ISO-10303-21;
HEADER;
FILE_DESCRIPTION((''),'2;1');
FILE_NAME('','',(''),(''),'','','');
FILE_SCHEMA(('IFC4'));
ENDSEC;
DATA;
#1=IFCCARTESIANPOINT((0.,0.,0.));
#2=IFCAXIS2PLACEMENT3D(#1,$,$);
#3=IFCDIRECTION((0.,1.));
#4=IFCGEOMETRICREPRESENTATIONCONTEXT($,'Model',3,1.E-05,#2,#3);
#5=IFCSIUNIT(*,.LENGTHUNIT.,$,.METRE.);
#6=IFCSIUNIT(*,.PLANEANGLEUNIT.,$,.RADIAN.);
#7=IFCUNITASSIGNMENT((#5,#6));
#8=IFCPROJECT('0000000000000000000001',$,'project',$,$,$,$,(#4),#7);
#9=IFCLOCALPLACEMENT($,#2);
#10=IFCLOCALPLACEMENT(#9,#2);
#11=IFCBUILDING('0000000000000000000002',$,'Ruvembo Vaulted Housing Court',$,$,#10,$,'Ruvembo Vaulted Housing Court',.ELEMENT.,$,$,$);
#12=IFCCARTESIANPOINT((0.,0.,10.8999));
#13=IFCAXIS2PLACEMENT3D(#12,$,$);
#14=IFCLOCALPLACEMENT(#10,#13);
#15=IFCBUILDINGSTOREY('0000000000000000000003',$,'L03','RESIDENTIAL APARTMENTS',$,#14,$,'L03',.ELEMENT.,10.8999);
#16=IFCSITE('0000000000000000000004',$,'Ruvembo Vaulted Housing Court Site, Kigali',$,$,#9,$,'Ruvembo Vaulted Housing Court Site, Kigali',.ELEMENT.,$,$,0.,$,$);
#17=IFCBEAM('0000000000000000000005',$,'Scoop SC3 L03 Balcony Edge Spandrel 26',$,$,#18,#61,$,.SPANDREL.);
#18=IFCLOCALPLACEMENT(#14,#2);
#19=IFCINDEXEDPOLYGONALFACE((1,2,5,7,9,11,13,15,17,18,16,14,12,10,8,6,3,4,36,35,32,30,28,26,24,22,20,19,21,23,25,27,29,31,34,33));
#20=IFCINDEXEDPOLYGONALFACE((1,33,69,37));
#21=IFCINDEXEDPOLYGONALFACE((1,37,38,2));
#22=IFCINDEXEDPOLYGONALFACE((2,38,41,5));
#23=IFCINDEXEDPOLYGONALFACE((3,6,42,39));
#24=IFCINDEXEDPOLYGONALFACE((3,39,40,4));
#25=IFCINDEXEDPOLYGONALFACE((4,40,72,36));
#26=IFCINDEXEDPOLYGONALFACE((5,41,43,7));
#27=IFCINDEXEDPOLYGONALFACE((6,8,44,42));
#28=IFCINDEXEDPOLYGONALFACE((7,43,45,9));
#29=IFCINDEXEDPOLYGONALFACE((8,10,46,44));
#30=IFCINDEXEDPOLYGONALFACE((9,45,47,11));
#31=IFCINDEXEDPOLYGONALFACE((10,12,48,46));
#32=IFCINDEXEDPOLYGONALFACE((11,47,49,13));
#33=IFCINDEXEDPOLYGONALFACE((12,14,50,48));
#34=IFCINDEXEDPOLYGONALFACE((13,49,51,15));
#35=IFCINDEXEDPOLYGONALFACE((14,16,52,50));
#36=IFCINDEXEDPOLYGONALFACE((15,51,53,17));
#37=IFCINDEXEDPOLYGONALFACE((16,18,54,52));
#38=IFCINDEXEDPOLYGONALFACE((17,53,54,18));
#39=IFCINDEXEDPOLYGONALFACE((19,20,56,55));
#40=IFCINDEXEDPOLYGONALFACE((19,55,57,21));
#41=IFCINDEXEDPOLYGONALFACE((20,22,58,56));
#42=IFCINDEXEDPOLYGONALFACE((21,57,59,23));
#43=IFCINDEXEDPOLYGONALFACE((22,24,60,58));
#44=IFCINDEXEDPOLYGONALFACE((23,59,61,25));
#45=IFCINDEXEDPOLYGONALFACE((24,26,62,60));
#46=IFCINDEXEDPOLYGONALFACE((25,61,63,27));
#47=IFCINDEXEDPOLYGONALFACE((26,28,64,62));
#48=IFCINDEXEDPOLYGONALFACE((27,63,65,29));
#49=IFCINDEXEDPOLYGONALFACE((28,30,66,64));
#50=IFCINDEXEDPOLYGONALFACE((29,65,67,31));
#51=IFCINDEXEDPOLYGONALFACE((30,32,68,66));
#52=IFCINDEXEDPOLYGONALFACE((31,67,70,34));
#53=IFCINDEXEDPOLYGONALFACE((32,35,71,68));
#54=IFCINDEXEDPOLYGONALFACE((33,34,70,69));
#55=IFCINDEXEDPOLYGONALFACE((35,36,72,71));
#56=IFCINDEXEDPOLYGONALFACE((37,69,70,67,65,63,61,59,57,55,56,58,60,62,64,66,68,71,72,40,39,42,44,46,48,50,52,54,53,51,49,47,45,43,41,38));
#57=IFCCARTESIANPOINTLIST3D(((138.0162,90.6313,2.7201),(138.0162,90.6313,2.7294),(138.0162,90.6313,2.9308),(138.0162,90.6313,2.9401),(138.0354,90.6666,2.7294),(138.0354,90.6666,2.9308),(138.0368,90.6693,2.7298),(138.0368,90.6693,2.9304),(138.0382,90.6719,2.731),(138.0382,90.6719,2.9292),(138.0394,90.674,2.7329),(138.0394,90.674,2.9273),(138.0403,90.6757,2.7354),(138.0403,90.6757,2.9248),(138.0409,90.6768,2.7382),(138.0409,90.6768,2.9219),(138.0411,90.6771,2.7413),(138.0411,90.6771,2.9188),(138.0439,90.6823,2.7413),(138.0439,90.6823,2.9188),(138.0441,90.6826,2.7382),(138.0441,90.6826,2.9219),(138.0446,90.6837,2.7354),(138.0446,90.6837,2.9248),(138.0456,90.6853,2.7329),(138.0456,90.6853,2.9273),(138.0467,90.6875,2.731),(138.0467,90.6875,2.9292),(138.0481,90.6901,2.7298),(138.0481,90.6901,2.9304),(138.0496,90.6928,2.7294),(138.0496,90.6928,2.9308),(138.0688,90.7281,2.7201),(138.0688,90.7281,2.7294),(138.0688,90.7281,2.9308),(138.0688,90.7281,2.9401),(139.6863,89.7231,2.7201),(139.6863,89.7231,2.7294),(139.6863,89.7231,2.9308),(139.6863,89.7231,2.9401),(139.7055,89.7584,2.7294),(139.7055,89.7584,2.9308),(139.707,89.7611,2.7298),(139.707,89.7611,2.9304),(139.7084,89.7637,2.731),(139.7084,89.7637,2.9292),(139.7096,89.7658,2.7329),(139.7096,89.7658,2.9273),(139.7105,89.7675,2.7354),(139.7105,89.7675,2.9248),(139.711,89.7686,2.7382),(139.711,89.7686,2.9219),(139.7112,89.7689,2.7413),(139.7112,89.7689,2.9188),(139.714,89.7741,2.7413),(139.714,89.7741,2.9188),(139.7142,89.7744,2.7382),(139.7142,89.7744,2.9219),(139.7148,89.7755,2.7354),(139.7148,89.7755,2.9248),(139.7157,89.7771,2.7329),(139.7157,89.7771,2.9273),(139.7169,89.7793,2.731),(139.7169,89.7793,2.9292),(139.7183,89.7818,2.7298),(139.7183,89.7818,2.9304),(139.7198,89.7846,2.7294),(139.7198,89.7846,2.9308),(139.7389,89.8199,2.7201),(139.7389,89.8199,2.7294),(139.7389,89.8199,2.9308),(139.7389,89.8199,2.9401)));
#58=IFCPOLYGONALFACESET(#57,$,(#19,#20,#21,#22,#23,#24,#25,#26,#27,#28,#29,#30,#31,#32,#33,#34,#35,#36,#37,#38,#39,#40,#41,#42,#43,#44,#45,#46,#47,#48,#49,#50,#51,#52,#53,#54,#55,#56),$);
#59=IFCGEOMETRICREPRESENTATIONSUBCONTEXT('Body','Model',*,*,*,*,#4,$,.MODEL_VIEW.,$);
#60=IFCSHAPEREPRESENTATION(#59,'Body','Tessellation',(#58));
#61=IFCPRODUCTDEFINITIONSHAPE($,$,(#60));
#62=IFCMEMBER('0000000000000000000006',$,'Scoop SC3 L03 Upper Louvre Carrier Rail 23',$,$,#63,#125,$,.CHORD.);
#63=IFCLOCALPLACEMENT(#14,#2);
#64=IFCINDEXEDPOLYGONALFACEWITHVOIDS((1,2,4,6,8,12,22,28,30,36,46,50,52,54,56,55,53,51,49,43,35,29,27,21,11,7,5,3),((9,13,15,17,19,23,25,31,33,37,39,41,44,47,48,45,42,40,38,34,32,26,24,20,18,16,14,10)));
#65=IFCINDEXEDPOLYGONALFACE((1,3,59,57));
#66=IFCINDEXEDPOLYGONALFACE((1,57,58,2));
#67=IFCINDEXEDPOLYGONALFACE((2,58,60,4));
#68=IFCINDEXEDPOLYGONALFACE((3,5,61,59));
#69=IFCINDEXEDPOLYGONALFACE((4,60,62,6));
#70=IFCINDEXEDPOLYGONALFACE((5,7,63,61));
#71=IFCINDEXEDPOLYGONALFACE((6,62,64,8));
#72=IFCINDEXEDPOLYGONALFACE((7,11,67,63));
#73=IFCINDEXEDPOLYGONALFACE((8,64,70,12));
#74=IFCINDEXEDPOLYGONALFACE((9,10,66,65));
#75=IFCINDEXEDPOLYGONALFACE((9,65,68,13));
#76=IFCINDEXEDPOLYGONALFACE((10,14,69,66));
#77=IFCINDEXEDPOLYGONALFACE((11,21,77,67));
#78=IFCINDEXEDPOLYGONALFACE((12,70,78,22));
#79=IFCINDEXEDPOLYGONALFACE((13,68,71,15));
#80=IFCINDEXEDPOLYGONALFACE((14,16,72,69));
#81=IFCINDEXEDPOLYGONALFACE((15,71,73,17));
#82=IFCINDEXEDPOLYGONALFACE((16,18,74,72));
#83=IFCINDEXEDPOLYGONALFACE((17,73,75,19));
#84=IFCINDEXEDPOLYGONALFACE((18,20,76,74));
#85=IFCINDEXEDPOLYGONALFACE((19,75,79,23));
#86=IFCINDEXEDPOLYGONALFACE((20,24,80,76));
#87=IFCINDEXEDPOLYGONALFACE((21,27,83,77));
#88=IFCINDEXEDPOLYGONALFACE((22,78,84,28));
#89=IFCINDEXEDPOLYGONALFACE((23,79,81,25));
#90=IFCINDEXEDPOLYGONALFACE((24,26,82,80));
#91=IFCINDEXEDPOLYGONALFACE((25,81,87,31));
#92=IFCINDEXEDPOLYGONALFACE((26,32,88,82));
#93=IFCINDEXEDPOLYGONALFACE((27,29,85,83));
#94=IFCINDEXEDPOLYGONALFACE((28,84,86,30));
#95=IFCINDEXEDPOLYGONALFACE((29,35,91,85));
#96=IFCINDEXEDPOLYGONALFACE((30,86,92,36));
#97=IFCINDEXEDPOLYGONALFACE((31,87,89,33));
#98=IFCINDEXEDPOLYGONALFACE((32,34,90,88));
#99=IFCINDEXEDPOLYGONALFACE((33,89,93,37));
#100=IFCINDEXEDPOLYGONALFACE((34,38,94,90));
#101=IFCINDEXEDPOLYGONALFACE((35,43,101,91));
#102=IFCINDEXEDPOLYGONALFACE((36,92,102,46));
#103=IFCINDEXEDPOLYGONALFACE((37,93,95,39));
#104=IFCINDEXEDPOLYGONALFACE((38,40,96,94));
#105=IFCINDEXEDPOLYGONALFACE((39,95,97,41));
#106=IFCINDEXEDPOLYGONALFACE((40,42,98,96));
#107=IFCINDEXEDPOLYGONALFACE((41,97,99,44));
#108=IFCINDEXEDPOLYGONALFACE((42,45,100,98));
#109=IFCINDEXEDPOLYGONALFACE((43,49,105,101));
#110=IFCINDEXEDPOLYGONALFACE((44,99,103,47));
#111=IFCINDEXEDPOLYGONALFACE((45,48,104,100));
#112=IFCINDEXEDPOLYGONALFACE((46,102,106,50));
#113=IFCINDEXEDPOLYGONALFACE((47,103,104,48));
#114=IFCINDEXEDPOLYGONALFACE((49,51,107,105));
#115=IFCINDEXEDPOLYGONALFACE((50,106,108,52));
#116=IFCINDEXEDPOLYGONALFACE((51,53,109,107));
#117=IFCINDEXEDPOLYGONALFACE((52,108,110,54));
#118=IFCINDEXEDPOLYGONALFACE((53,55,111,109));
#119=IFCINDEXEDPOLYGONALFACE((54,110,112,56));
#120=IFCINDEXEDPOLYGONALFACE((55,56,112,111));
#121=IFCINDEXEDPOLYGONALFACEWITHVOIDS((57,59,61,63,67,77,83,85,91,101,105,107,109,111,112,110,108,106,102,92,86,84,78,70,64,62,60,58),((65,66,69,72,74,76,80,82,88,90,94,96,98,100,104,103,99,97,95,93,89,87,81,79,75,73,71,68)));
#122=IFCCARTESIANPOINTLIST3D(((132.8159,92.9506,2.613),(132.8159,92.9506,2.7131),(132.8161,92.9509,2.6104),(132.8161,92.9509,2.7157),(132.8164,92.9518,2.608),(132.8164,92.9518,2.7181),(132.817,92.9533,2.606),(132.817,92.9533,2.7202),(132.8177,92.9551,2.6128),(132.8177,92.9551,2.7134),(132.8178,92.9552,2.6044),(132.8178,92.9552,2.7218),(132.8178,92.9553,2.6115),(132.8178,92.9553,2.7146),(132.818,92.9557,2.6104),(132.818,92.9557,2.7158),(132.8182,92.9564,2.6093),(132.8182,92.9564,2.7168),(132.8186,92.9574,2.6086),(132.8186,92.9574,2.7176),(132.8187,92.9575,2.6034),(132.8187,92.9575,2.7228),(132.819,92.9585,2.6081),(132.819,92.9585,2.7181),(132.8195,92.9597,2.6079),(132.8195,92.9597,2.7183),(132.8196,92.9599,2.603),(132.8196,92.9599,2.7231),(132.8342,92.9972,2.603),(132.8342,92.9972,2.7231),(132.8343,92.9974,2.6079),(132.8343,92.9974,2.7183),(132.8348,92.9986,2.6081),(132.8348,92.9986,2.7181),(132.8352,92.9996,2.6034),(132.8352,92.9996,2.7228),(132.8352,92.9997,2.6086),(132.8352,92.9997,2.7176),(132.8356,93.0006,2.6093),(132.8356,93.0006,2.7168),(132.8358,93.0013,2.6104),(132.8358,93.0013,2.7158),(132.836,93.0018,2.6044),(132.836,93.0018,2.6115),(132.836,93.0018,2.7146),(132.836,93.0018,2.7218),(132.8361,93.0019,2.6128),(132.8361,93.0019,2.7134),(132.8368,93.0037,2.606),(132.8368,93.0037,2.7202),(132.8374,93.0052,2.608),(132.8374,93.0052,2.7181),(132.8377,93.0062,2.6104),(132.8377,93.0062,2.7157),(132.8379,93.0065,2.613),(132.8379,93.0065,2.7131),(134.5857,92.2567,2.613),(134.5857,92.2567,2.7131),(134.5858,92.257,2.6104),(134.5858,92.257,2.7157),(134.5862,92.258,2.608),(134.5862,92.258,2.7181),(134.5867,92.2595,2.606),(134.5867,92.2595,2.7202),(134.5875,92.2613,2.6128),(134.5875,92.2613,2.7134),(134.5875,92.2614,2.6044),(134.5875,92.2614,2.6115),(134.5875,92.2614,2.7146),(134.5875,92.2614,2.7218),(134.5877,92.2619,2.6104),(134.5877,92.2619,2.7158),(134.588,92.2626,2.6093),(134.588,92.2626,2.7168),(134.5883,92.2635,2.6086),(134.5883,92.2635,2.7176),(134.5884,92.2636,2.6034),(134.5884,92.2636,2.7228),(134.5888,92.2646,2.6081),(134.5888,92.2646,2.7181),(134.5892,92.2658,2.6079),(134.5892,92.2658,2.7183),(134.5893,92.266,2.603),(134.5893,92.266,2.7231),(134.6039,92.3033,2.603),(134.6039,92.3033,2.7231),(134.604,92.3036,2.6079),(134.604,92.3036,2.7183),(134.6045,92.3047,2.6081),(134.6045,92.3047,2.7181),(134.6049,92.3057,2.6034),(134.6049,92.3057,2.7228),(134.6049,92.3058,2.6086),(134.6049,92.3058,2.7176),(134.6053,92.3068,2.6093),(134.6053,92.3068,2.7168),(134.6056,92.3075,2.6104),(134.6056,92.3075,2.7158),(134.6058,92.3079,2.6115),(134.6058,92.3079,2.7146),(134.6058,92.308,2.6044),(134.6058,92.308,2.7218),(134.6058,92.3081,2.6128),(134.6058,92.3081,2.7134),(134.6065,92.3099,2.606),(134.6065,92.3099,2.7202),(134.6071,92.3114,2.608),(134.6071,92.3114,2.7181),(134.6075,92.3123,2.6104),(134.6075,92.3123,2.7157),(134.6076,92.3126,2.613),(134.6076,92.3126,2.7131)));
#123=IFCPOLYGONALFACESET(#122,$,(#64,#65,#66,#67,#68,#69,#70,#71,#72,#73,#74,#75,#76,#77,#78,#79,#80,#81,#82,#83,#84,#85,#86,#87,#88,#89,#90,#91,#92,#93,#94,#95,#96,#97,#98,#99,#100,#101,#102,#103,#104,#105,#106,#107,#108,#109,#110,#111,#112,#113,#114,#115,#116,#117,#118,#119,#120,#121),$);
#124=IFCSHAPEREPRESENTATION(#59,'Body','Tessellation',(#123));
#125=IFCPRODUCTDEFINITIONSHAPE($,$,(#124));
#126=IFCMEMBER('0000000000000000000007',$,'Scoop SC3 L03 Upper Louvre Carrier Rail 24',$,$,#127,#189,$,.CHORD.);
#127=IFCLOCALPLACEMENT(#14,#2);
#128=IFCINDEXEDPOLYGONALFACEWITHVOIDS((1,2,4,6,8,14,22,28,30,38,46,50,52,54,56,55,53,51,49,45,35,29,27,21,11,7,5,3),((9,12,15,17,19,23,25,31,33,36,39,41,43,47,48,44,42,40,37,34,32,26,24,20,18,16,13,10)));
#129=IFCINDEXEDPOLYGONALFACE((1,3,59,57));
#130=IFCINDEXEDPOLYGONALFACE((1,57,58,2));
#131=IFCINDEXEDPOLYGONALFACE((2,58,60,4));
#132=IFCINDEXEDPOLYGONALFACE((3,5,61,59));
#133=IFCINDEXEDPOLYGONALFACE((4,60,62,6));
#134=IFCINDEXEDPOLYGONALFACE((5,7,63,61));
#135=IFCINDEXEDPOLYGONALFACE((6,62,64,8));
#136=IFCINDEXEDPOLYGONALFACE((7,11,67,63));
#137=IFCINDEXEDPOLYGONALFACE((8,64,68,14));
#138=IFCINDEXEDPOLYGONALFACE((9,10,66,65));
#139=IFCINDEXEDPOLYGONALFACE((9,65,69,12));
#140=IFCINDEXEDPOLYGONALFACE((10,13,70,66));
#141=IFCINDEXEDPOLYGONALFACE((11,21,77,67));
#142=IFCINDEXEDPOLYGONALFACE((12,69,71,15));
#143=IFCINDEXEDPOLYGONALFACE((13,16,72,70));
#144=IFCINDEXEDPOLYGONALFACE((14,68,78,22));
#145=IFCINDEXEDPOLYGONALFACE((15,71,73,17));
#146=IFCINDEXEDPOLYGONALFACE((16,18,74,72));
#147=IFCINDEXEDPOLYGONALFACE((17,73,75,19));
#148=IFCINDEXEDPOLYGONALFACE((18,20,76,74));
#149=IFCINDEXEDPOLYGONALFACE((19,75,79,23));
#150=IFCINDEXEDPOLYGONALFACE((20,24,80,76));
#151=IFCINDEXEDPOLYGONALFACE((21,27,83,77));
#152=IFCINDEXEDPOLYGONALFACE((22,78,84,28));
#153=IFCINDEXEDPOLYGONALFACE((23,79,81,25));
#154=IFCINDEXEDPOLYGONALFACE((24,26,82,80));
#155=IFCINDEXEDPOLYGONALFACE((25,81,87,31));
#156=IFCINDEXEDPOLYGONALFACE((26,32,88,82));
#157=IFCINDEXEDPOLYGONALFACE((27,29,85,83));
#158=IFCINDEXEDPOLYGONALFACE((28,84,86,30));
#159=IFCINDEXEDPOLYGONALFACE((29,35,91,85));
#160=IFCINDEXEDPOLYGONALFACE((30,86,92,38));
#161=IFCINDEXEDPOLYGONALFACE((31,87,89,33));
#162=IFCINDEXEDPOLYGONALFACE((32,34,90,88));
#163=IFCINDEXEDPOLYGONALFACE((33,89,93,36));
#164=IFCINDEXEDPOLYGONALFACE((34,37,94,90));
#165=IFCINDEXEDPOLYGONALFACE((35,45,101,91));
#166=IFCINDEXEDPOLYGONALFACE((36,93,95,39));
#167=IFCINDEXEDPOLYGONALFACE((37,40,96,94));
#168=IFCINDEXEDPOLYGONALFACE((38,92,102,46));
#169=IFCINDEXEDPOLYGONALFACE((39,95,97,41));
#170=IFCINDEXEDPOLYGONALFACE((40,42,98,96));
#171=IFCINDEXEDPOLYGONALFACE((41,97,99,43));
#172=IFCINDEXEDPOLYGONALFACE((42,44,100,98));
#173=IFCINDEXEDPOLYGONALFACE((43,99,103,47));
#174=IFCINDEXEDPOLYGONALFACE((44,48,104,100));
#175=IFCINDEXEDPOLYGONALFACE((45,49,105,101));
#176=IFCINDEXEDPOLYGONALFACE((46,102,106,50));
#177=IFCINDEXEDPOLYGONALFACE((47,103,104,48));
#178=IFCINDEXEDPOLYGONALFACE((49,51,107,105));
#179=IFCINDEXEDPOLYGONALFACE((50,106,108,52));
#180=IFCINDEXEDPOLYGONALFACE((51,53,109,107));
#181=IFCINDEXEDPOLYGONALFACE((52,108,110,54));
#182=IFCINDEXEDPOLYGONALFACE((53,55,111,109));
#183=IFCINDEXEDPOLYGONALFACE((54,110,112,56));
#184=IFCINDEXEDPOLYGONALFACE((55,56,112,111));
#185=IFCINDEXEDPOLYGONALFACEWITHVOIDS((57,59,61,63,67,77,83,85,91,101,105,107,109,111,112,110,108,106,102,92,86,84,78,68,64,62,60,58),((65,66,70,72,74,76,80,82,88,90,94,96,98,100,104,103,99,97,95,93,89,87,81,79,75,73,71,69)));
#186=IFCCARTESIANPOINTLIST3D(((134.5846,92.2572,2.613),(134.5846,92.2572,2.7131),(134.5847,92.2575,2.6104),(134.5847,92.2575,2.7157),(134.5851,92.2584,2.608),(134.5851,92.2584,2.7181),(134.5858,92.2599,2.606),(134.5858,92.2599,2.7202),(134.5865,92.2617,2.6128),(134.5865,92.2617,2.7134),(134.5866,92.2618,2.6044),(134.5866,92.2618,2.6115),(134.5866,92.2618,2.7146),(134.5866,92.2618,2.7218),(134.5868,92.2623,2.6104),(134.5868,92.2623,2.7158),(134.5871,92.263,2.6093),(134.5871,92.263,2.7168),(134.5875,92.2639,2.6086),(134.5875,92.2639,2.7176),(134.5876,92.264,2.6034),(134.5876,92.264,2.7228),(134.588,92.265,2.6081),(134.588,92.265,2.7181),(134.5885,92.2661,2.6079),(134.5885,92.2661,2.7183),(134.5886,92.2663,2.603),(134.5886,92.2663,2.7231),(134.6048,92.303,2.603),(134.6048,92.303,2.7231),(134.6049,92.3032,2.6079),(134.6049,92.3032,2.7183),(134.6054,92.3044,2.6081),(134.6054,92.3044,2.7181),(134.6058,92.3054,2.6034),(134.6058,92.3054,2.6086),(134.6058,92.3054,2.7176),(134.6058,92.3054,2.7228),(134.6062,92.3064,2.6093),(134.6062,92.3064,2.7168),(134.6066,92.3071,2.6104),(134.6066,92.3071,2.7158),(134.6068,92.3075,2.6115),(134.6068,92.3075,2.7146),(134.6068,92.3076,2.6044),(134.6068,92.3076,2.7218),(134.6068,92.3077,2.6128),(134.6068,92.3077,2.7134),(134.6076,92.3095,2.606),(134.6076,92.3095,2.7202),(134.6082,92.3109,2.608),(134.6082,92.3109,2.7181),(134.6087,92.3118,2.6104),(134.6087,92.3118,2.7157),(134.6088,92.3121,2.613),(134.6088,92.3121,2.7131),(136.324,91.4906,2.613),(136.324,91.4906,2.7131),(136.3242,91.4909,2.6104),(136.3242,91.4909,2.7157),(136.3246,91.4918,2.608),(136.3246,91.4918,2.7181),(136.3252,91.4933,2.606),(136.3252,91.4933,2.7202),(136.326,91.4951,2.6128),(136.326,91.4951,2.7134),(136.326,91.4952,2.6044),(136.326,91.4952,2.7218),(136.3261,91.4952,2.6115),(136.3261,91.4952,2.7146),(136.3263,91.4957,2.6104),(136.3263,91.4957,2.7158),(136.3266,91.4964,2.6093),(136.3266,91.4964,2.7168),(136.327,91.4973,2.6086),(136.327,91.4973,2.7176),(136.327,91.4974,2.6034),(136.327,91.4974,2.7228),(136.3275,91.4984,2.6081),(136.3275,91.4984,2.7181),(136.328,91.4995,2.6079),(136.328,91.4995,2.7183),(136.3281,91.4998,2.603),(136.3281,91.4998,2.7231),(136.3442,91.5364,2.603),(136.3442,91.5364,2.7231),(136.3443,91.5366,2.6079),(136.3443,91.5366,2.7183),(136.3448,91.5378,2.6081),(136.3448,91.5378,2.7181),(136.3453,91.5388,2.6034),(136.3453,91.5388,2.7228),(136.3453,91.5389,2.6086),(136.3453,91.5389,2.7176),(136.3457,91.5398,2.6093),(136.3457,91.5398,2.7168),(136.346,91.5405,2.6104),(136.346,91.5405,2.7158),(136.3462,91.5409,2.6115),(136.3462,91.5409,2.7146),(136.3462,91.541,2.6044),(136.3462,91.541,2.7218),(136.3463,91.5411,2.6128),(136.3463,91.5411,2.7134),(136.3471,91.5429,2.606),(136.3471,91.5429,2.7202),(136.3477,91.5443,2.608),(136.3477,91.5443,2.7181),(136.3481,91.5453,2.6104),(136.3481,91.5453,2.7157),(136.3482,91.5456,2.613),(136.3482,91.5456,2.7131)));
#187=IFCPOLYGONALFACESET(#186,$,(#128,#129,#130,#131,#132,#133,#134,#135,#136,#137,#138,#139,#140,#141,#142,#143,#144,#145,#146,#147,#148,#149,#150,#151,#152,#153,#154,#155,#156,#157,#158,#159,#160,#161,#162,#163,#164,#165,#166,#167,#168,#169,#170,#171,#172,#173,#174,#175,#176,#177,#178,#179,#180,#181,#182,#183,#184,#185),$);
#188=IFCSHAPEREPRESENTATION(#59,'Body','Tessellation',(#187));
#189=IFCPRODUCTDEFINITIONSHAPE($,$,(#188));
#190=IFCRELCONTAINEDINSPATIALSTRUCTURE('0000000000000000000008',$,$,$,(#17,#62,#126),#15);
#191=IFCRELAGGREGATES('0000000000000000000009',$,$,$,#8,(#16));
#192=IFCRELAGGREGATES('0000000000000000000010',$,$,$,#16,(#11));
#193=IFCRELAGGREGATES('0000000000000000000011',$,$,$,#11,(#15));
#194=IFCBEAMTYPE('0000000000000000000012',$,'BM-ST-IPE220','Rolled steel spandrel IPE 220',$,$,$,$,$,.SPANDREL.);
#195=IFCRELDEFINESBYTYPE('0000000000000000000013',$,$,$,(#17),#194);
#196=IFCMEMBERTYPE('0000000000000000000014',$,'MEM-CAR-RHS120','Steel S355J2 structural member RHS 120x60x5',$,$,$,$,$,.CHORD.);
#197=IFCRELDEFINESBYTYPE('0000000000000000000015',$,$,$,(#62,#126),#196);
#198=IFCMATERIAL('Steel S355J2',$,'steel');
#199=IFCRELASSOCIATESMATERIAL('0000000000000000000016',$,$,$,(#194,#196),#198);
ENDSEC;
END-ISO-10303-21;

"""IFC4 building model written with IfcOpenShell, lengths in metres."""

from ifc_helpers import new_model, si_unit, direction, frame, origin, origin_2d, place, context, subcontext, project, spatial, hollow_rectangle, i_section, extrude, material, material_profile, profile_set, type_object, element, save


model = new_model("IFC4")

# Units and contexts
model_context = context("Model", 3, precision=1e-05, world=origin(), true_north=direction((0.0, 1.0)))
body_context = subcontext(model_context, "Body", "Model", "MODEL_VIEW")
ifc_project = project(units=[si_unit("LENGTHUNIT", "METRE"), si_unit("PLANEANGLEUNIT", "RADIAN")], contexts=[model_context])

# Site, building, storey
site_placement = place(None, origin())
site = spatial("IfcSite", under=ifc_project, at=site_placement, Name="Ruvembo Vaulted Housing Court Site, Kigali", LongName="Ruvembo Vaulted Housing Court Site, Kigali", CompositionType="ELEMENT", RefElevation=0.0)
building_placement = place(site_placement, origin())
building = spatial("IfcBuilding", under=site, at=building_placement, Name="Ruvembo Vaulted Housing Court", LongName="Ruvembo Vaulted Housing Court", CompositionType="ELEMENT")
storey_placement = place(building_placement, frame((0.0, 0.0, 10.8999)))
storey = spatial("IfcBuildingStorey", under=building, at=storey_placement, Name="L03", Description="RESIDENTIAL APARTMENTS", LongName="L03", CompositionType="ELEMENT", Elevation=10.8999)

# Beam
ifc_material_1 = material(Name="Steel S355J2", Category="steel")
ifc_material_profile_1 = material_profile(ifc_material_1, i_section(OverallWidth=0.1101, OverallDepth=0.22, WebThickness=0.0059, FlangeThickness=0.0093, FilletRadius=0.012, at=origin_2d()), Name="IPE 220")
ifc_profile_set_1 = profile_set([ifc_material_profile_1], Name="Steel S355J2")
beam_type = type_object("IfcBeamType", Name="BM-ST-IPE220", Description="Rolled steel spandrel IPE 220", PredefinedType="SPANDREL", material=ifc_profile_set_1)
for number, where, z_axis, x_axis, name in (
    (1, (138.0425, 90.6797, 2.8301), (0.878513, -0.477718, 0.0), (0.477718, 0.878513, 0.0), "Scoop SC3 L03 Balcony Edge Spandrel 26"),
):
    element("IfcBeam", number, at=place(storey_placement, frame(where, z_axis=z_axis, x_axis=x_axis)), inside=storey, type_object=beam_type, Name=name, PredefinedType="SPANDREL", context=body_context, shape_type="SweptSolid", body=[
        extrude(i_section(OverallWidth=0.1101, OverallDepth=0.22, WebThickness=0.0059, FlangeThickness=0.0093, FilletRadius=0.012, at=origin_2d()), origin(), (0.0, 0.0, 1.0), 1.9011),
    ])

# Members
ifc_material_profile_2 = material_profile(ifc_material_1, hollow_rectangle(XDim=0.0601, YDim=0.1201, WallThickness=0.0049, InnerFilletRadius=0.0049, OuterFilletRadius=0.01, at=origin_2d()), Name="RHS 120x60x5")
ifc_profile_set_2 = profile_set([ifc_material_profile_2], Name="Steel S355J2")
member_type_1 = type_object("IfcMemberType", Name="MEM-CAR-RHS120", Description="Steel S355J2 structural member RHS 120x60x5", PredefinedType="CHORD", material=ifc_profile_set_2)
for number, where, z_axis, x_axis, name in (
    (2, (132.8269, 92.9785, 2.6631), (0.931006, -0.365005, 0.0), (0.365005, 0.931006, 0.0), "Scoop SC3 L03 Upper Louvre Carrier Rail 23"),
    (3, (134.5967, 92.2847, 2.6631), (0.915078, -0.403277, 0.0), (0.403277, 0.915078, 0.0), "Scoop SC3 L03 Upper Louvre Carrier Rail 24"),
):
    element("IfcMember", number, at=place(storey_placement, frame(where, z_axis=z_axis, x_axis=x_axis)), inside=storey, type_object=member_type_1, Name=name, PredefinedType="CHORD", context=body_context, shape_type="SweptSolid", body=[
        extrude(hollow_rectangle(XDim=0.0601, YDim=0.1201, WallThickness=0.0049, InnerFilletRadius=0.0049, OuterFilletRadius=0.01, at=origin_2d()), origin(), (0.0, 0.0, 1.0), 1.9009),
    ])

save(model, "model.ifc")
